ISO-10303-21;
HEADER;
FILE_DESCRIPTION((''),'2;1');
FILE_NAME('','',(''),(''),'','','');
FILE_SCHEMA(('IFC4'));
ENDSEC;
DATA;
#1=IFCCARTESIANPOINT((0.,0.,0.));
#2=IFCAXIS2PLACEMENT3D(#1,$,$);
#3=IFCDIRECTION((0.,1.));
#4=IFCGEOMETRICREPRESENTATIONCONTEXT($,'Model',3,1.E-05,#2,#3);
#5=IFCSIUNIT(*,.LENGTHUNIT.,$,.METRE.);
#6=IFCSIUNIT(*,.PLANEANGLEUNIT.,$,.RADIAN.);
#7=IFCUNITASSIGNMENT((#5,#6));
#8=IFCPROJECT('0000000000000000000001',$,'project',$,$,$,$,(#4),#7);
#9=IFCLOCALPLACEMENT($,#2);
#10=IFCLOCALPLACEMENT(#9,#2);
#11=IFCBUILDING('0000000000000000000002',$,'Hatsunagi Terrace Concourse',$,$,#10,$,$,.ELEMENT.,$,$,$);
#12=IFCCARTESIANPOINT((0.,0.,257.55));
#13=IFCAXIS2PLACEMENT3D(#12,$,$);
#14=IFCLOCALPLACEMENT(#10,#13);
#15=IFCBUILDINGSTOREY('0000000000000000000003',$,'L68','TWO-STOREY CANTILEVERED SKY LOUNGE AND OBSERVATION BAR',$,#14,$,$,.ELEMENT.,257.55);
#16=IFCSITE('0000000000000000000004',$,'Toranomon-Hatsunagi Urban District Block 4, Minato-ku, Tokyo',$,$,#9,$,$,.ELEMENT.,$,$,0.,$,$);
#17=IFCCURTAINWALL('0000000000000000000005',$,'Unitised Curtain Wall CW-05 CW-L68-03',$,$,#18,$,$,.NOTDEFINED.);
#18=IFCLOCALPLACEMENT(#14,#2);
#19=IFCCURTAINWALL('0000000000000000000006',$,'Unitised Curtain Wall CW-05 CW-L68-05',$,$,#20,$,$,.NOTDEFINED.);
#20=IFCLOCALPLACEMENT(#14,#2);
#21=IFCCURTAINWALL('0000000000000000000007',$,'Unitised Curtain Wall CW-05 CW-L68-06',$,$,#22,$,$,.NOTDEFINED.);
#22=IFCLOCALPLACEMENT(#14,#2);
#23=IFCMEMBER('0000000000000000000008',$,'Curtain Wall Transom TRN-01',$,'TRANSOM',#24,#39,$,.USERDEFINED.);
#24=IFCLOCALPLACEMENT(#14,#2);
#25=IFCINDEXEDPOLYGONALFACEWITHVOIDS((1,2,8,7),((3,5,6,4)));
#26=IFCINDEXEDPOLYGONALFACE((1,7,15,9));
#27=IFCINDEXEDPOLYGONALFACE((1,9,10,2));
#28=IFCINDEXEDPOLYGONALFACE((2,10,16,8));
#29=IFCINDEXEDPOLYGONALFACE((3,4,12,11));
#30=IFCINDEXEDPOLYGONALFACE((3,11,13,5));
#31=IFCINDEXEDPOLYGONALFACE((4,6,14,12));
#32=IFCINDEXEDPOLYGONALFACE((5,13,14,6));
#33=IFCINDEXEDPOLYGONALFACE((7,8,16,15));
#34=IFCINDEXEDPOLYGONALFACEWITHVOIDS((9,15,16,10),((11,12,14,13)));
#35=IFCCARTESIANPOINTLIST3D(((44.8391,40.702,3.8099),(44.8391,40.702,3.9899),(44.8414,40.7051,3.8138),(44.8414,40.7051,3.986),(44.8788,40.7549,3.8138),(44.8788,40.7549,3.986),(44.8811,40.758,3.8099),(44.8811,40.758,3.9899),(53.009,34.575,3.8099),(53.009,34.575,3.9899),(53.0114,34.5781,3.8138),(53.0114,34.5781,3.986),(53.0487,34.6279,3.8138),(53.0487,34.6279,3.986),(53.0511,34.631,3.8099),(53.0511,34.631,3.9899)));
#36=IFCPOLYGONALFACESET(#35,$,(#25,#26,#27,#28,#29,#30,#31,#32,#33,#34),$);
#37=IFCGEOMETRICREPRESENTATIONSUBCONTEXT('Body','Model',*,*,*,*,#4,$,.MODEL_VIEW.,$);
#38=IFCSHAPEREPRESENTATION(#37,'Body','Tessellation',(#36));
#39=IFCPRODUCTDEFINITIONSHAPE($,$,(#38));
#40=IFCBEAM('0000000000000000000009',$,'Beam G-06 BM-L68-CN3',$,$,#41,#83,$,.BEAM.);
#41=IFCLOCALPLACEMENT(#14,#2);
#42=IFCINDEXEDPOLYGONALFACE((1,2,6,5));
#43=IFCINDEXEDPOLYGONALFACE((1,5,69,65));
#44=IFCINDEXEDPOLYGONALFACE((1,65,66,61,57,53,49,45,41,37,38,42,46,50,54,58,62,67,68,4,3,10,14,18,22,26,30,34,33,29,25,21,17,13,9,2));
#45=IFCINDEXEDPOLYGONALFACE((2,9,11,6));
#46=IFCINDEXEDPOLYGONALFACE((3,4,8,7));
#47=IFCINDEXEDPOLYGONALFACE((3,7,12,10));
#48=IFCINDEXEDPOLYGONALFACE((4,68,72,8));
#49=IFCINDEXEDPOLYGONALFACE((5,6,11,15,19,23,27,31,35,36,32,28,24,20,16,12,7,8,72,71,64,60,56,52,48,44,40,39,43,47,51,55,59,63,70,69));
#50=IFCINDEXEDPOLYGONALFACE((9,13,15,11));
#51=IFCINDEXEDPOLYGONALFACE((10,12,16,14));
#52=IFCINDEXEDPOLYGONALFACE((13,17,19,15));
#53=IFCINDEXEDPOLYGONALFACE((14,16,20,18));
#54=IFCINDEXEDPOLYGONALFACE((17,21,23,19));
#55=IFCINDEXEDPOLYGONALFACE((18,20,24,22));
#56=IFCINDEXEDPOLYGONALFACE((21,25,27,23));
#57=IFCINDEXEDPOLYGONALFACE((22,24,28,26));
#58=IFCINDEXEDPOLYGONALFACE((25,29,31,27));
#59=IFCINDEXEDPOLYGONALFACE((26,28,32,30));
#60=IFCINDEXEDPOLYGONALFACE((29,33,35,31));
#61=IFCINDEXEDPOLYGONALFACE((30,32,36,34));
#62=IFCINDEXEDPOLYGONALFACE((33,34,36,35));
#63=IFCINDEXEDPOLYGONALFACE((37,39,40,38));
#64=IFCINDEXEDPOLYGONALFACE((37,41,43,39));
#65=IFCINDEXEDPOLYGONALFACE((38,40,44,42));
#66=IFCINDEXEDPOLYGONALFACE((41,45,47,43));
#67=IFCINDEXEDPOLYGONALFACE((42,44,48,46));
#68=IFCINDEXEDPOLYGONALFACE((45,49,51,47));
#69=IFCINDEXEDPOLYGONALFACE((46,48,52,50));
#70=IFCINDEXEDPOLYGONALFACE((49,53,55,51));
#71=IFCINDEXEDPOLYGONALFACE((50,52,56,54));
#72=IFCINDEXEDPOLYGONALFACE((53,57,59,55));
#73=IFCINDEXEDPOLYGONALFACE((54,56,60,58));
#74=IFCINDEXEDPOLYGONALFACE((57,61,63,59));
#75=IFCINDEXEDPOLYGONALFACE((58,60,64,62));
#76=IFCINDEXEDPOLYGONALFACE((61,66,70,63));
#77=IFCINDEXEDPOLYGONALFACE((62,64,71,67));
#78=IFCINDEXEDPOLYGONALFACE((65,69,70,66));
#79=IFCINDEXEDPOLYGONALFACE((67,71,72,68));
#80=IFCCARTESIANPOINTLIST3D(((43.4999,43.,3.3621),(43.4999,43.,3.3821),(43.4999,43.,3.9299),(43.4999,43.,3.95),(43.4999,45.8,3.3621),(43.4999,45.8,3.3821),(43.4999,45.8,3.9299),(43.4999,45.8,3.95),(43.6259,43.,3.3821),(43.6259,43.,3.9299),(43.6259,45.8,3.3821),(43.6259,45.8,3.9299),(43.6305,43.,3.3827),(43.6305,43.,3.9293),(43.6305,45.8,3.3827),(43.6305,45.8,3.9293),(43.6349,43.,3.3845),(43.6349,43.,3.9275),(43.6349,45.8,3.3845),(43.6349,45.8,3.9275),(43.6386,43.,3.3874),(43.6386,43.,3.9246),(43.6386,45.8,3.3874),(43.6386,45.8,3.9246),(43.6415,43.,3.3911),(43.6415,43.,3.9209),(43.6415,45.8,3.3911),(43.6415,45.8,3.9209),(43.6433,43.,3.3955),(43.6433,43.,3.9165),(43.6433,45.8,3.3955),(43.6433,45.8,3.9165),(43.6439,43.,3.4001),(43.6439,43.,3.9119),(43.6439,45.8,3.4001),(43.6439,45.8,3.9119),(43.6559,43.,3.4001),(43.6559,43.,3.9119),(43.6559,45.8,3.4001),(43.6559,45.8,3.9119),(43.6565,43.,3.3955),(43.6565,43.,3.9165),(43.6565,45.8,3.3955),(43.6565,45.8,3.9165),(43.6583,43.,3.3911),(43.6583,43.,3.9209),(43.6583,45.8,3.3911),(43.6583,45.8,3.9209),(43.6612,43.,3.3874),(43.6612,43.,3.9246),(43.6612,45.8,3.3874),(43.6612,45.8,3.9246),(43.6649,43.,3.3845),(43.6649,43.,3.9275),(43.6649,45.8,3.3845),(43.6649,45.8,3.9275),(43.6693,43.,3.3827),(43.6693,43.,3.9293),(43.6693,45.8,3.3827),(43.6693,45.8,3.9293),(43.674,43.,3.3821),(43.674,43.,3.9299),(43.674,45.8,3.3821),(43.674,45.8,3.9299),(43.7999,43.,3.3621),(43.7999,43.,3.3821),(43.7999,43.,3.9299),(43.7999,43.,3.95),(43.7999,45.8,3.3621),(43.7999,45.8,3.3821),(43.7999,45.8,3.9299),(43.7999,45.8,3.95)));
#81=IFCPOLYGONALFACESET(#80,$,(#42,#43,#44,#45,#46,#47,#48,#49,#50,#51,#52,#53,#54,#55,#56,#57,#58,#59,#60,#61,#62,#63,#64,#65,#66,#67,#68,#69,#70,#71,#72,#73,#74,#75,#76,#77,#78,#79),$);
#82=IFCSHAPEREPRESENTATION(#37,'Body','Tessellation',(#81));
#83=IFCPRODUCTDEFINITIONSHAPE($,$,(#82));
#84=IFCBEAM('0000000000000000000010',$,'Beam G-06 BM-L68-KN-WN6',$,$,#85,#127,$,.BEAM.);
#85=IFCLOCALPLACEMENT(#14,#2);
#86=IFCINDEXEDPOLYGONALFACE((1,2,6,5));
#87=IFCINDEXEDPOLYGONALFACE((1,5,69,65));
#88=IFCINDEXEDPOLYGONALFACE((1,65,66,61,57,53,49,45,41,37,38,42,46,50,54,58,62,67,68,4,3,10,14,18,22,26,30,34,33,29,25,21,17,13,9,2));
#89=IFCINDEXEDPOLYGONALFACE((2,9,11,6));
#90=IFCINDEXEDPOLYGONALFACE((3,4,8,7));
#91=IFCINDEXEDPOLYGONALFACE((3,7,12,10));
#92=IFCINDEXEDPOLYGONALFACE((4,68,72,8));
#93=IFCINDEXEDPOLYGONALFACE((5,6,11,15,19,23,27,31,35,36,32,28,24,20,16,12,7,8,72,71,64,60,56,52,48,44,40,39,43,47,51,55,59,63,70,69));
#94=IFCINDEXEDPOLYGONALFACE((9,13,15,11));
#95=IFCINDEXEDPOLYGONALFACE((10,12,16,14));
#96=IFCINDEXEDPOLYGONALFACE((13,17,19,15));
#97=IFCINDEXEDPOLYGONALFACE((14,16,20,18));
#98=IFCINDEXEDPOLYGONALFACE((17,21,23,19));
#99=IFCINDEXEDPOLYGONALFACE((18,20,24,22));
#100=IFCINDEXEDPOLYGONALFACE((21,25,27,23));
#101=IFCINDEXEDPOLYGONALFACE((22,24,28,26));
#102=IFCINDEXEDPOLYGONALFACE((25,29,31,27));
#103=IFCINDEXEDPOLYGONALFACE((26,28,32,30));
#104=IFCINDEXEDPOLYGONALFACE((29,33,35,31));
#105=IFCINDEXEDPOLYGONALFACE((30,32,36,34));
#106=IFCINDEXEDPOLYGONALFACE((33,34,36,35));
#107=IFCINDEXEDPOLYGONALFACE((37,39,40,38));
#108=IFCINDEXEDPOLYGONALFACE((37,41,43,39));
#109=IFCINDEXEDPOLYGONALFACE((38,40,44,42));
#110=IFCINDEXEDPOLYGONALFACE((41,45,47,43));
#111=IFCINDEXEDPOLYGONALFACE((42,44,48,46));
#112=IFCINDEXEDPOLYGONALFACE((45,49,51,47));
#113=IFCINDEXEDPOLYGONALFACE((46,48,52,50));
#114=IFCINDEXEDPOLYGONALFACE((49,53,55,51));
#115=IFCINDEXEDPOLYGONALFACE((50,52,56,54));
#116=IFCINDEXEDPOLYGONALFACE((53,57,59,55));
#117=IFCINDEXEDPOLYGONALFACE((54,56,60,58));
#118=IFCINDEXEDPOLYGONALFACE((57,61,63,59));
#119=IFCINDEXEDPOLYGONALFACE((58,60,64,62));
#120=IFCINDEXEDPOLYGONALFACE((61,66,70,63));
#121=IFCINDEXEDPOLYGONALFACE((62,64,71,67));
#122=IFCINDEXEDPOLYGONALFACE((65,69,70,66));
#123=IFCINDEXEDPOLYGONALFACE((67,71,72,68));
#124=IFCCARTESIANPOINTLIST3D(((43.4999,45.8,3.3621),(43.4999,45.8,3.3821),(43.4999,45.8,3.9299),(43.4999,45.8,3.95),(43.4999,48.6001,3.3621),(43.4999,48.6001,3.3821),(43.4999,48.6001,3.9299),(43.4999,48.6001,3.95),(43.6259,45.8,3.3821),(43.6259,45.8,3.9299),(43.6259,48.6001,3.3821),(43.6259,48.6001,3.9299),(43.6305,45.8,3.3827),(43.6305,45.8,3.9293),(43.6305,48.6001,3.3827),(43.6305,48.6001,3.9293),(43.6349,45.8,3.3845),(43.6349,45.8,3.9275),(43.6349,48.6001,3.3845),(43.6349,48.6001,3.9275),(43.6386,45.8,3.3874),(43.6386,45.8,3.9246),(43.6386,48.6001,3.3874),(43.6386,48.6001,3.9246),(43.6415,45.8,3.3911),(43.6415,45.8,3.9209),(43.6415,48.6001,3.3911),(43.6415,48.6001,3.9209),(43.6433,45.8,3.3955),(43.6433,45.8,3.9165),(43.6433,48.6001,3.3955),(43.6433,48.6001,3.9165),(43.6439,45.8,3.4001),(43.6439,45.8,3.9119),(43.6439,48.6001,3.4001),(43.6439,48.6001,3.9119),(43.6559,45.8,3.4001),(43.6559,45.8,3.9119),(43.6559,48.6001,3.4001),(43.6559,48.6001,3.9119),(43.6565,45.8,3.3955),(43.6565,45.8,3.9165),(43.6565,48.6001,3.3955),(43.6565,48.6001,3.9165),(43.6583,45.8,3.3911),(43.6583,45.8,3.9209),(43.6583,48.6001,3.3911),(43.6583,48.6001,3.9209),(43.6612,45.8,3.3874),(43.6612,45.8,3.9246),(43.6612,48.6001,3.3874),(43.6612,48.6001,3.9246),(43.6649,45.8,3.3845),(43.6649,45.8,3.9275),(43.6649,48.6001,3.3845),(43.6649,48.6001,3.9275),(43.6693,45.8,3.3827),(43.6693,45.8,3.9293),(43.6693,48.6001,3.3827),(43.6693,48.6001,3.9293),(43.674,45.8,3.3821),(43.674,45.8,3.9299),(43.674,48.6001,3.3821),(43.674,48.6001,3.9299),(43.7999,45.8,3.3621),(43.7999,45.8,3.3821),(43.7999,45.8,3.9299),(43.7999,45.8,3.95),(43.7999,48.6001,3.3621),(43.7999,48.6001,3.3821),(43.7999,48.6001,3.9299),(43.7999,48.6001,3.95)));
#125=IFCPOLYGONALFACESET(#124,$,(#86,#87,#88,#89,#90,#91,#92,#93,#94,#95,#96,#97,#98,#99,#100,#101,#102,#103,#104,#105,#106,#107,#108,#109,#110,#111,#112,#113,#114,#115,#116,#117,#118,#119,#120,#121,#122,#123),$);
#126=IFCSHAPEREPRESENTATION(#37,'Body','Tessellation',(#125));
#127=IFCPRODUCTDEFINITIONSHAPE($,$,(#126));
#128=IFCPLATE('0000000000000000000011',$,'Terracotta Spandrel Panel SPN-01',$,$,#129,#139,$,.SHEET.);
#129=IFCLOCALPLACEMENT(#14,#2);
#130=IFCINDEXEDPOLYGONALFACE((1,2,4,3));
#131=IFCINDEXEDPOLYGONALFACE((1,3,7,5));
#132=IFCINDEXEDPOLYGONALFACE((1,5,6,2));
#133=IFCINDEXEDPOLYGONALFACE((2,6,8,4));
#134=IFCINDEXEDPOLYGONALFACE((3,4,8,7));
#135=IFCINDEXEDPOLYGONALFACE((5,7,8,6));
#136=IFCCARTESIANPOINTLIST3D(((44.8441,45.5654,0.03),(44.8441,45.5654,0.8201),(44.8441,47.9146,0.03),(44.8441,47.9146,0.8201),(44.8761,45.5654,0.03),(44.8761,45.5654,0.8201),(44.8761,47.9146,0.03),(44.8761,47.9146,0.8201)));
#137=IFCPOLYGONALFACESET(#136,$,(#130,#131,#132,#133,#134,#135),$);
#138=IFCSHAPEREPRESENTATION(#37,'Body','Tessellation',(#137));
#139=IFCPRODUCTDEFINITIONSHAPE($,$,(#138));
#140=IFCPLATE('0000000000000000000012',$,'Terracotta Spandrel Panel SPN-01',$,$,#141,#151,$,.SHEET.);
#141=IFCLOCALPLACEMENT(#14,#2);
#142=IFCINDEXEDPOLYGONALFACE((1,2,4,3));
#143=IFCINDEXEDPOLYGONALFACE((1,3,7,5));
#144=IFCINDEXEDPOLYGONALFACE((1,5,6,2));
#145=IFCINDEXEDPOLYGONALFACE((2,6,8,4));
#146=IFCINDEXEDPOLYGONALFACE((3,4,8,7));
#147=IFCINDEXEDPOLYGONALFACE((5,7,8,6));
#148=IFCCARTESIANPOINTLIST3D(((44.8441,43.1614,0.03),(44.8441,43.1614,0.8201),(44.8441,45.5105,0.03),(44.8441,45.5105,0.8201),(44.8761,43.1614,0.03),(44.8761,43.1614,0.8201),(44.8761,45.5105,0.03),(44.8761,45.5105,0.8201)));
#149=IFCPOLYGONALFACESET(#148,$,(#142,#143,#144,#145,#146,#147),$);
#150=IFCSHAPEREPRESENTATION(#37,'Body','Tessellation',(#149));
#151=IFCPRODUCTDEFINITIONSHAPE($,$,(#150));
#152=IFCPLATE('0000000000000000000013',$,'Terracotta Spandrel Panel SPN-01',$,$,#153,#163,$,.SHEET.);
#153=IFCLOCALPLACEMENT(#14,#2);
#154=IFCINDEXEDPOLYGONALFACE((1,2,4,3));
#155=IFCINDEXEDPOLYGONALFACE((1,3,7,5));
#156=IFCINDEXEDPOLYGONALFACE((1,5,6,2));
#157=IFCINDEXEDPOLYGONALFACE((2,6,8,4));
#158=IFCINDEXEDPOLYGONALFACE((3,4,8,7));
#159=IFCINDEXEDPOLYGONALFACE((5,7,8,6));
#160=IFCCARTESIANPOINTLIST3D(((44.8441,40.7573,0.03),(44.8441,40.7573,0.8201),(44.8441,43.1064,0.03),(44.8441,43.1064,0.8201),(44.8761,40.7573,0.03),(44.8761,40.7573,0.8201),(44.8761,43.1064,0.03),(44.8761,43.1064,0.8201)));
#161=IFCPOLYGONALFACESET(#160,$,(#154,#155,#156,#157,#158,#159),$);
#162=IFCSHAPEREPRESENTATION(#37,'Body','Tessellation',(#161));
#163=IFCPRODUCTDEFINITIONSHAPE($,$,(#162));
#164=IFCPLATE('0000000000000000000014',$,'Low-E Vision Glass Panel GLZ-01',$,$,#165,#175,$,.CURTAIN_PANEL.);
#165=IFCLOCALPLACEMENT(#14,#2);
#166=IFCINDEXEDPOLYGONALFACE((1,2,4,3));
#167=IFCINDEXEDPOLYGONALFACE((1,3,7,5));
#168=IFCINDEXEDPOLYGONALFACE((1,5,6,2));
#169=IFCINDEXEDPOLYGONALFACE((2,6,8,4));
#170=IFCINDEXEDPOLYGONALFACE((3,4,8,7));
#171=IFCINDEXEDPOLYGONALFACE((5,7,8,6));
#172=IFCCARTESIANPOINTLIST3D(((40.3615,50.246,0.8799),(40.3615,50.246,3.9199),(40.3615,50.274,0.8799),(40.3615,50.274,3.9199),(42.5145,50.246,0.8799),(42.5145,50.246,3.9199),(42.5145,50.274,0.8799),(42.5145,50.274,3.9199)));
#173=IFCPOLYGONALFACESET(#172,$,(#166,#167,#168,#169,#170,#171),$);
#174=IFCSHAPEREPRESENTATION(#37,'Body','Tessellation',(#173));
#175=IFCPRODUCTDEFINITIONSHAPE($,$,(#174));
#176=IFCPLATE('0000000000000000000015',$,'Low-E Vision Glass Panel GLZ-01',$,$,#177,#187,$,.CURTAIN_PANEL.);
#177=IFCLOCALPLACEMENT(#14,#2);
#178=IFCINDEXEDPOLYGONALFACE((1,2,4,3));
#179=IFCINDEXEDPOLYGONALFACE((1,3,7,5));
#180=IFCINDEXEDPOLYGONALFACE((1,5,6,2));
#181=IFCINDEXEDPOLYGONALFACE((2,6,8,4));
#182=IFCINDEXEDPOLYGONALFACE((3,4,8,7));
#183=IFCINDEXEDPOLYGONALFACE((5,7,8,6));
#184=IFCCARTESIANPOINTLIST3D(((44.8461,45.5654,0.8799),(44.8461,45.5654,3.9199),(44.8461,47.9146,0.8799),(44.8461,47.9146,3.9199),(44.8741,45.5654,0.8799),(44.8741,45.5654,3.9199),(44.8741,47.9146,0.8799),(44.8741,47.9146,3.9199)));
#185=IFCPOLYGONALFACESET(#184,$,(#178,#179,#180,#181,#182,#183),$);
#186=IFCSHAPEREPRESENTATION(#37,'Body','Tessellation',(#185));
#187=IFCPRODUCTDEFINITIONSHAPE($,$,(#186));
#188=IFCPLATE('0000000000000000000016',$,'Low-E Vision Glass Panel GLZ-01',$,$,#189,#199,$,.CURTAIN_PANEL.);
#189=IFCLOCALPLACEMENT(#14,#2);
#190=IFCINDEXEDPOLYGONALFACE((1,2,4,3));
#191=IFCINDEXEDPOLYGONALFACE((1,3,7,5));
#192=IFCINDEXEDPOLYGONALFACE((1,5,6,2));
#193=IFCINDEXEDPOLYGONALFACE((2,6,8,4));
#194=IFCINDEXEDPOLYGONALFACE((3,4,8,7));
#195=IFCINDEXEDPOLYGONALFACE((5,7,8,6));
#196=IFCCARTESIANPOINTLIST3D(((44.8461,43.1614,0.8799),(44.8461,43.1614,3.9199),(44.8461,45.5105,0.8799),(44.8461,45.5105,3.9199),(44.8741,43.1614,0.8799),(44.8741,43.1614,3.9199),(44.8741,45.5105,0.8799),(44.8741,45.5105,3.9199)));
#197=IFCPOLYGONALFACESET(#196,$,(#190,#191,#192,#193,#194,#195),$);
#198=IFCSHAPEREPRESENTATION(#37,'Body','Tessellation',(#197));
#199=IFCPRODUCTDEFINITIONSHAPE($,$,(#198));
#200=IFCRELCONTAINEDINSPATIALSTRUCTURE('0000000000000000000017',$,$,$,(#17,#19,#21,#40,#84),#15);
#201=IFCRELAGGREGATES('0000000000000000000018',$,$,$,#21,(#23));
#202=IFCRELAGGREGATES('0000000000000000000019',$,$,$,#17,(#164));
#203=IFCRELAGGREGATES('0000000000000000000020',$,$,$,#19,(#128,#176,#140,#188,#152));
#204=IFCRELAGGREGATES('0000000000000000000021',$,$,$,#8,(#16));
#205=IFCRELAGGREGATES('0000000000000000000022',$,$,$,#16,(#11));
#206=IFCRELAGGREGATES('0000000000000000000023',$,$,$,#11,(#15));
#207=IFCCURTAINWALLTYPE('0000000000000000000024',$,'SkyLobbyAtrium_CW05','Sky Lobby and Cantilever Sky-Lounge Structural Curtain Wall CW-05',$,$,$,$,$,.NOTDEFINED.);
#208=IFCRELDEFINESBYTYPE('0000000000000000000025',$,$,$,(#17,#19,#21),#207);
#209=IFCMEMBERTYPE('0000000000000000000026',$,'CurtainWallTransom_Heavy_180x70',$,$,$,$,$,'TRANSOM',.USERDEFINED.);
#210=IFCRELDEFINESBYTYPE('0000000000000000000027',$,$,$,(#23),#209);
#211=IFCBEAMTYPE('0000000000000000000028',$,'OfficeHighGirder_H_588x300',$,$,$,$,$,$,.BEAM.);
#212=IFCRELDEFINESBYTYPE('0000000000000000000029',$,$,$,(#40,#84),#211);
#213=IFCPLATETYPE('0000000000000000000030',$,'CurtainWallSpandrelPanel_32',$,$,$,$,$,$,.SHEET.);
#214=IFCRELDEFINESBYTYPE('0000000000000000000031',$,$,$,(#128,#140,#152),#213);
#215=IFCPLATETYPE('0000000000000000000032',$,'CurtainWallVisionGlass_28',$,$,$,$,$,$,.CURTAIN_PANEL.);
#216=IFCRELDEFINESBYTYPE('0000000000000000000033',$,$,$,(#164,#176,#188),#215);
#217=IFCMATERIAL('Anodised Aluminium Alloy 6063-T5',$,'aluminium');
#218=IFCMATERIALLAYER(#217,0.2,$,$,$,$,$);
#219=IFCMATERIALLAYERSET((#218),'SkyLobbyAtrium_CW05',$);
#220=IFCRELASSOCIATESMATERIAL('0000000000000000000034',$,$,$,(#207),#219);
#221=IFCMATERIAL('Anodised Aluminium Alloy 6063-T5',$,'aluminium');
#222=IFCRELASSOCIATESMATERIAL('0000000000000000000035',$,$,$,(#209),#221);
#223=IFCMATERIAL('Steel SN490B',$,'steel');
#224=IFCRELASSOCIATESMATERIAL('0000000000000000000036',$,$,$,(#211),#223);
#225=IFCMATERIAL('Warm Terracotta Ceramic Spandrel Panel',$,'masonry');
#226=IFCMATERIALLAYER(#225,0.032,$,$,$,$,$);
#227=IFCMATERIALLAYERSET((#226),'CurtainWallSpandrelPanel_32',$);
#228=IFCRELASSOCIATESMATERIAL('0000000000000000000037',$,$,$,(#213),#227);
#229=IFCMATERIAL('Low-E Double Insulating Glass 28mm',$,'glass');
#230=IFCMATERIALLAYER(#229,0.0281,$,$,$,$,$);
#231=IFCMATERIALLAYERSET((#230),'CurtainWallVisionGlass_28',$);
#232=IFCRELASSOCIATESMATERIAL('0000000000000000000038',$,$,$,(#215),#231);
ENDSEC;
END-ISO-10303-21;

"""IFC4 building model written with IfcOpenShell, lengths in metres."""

from ifc_helpers import new_model, si_unit, direction, frame, origin, origin_2d, place, context, subcontext, project, spatial, rectangle, hollow_rectangle, i_section, extrude, material, layer, layer_set, material_profile, profile_set, type_object, element, aggregate, save


model = new_model("IFC4")

# Units and contexts
model_context = context("Model", 3, precision=1e-05, world=origin(), true_north=direction((0.0, 1.0)))
body_context = subcontext(model_context, "Body", "Model", "MODEL_VIEW")
ifc_project = project(units=[si_unit("LENGTHUNIT", "METRE"), si_unit("PLANEANGLEUNIT", "RADIAN")], contexts=[model_context])

# Site, building, storey
site_placement = place(None, origin())
site = spatial("IfcSite", under=ifc_project, at=site_placement, Name="Toranomon-Hatsunagi Urban District Block 4, Minato-ku, Tokyo", CompositionType="ELEMENT", RefElevation=0.0)
building_placement = place(site_placement, origin())
building = spatial("IfcBuilding", under=site, at=building_placement, Name="Hatsunagi Terrace Concourse", CompositionType="ELEMENT")
storey_placement = place(building_placement, frame((0.0, 0.0, 257.55)))
storey = spatial("IfcBuildingStorey", under=building, at=storey_placement, Name="L68", Description="TWO-STOREY CANTILEVERED SKY LOUNGE AND OBSERVATION BAR", CompositionType="ELEMENT", Elevation=257.55)

# Curtain wall
ifc_material_1 = material(Name="Anodised Aluminium Alloy 6063-T5", Category="aluminium")
ifc_layer_1 = layer(ifc_material_1, 0.2)
ifc_layer_set_1 = layer_set([ifc_layer_1], Name="SkyLobbyAtrium_CW05")
curtain_wall_type = type_object("IfcCurtainWallType", Name="SkyLobbyAtrium_CW05", Description="Sky Lobby and Cantilever Sky-Lounge Structural Curtain Wall CW-05", PredefinedType="NOTDEFINED", material=ifc_layer_set_1)
curtain_wall_1_placement = place(storey_placement, origin())
curtain_wall_1 = element("IfcCurtainWall", 1, at=curtain_wall_1_placement, inside=storey, type_object=curtain_wall_type, Name="Unitised Curtain Wall CW-05 CW-L68-03", PredefinedType="NOTDEFINED")

# Curtain walls, member
curtain_wall_2_placement = place(storey_placement, origin())
curtain_wall_2 = element("IfcCurtainWall", 2, at=curtain_wall_2_placement, inside=storey, type_object=curtain_wall_type, Name="Unitised Curtain Wall CW-05 CW-L68-05", PredefinedType="NOTDEFINED")
ifc_material_2 = material(Name="Anodised Aluminium Alloy 6063-T5", Category="aluminium")
ifc_material_profile_1 = material_profile(ifc_material_2, hollow_rectangle(XDim=0.0701, YDim=0.1799, WallThickness=0.0039, at=origin_2d()), Name="ALU-TRN-180x70x4")
ifc_profile_set_1 = profile_set([ifc_material_profile_1], Name="Anodised Aluminium Alloy 6063-T5")
member_type_1 = type_object("IfcMemberType", Name="CurtainWallTransom_Heavy_180x70", ElementType="TRANSOM", PredefinedType="USERDEFINED", material=ifc_profile_set_1)
curtain_wall_3_placement = place(storey_placement, origin())
curtain_wall_3 = element("IfcCurtainWall", 3, at=curtain_wall_3_placement, inside=storey, type_object=curtain_wall_type, Name="Unitised Curtain Wall CW-05 CW-L68-06", PredefinedType="NOTDEFINED")
member_1_placement = place(storey_placement, frame((44.8601, 40.73, 3.8999), z_axis=(0.800023, -0.599969, 0.0), x_axis=(0.599969, 0.800023, 0.0)))
member_1 = element("IfcMember", 4, at=member_1_placement, type_object=member_type_1, Name="Curtain Wall Transom TRN-01", ObjectType="TRANSOM", PredefinedType="USERDEFINED", context=body_context, shape_type="SweptSolid", body=[
    extrude(hollow_rectangle(XDim=0.0701, YDim=0.1799, WallThickness=0.0039, at=origin_2d()), origin(), (0.0, 0.0, 1.0), 10.2122),
])
aggregate(curtain_wall_3, [member_1])

# Beams
ifc_material_3 = material(Name="Steel SN490B", Category="steel")
ifc_material_profile_2 = material_profile(ifc_material_3, i_section(OverallWidth=0.3, OverallDepth=0.5879, WebThickness=0.012, FlangeThickness=0.02, FilletRadius=0.0181, at=origin_2d()), Name="H-588x300x12x20")
ifc_profile_set_2 = profile_set([ifc_material_profile_2], Name="Steel SN490B")
beam_type = type_object("IfcBeamType", Name="OfficeHighGirder_H_588x300", PredefinedType="BEAM", material=ifc_profile_set_2)
for number, where, z_axis, x_axis, name in (
    (5, (43.6499, 43.0, 3.656), (0.0, 1.0, 0.0), (-1.0, 0.0, 0.0), "Beam G-06 BM-L68-CN3"),
    (6, (43.6499, 45.8, 3.656), (0.0, 1.0, 0.0), (-1.0, 0.0, 0.0), "Beam G-06 BM-L68-KN-WN6"),
):
    element("IfcBeam", number, at=place(storey_placement, frame(where, z_axis=z_axis, x_axis=x_axis)), inside=storey, type_object=beam_type, Name=name, PredefinedType="BEAM", context=body_context, shape_type="SweptSolid", body=[
        extrude(i_section(OverallWidth=0.3, OverallDepth=0.5879, WebThickness=0.012, FlangeThickness=0.02, FilletRadius=0.0181, at=origin_2d()), origin(), (0.0, 0.0, 1.0), 2.8),
    ])

# Plates
ifc_material_4 = material(Name="Warm Terracotta Ceramic Spandrel Panel", Category="masonry")
ifc_layer_2 = layer(ifc_material_4, 0.032)
ifc_layer_set_2 = layer_set([ifc_layer_2], Name="CurtainWallSpandrelPanel_32")
plate_type_1 = type_object("IfcPlateType", Name="CurtainWallSpandrelPanel_32", PredefinedType="SHEET", material=ifc_layer_set_2)
plate_1_placement = place(storey_placement, frame((44.8601, 46.74, 0.03), z_axis=(0.0, 0.0, 1.0), x_axis=(0.0, -1.0, 0.0)))
plate_1 = element("IfcPlate", 7, at=plate_1_placement, type_object=plate_type_1, Name="Terracotta Spandrel Panel SPN-01", PredefinedType="SHEET", context=body_context, shape_type="SweptSolid", body=[
    extrude(rectangle(XDim=2.3491, YDim=0.032, at=origin_2d()), origin(), (0.0, 0.0, 1.0), 0.79),
])
plate_2_placement = place(storey_placement, frame((44.8601, 44.3359, 0.03), z_axis=(0.0, 0.0, 1.0), x_axis=(0.0, -1.0, 0.0)))
plate_2 = element("IfcPlate", 8, at=plate_2_placement, type_object=plate_type_1, Name="Terracotta Spandrel Panel SPN-01", PredefinedType="SHEET", context=body_context, shape_type="SweptSolid", body=[
    extrude(rectangle(XDim=2.3491, YDim=0.032, at=origin_2d()), origin(), (0.0, 0.0, 1.0), 0.79),
])
plate_3_placement = place(storey_placement, frame((44.8601, 41.9319, 0.03), z_axis=(0.0, 0.0, 1.0), x_axis=(0.0, -1.0, 0.0)))
plate_3 = element("IfcPlate", 9, at=plate_3_placement, type_object=plate_type_1, Name="Terracotta Spandrel Panel SPN-01", PredefinedType="SHEET", context=body_context, shape_type="SweptSolid", body=[
    extrude(rectangle(XDim=2.3491, YDim=0.032, at=origin_2d()), origin(), (0.0, 0.0, 1.0), 0.79),
])
ifc_material_5 = material(Name="Low-E Double Insulating Glass 28mm", Category="glass")
ifc_layer_3 = layer(ifc_material_5, 0.0281)
ifc_layer_set_3 = layer_set([ifc_layer_3], Name="CurtainWallVisionGlass_28")
plate_type_2 = type_object("IfcPlateType", Name="CurtainWallVisionGlass_28", PredefinedType="CURTAIN_PANEL", material=ifc_layer_set_3)
plate_4_placement = place(storey_placement, frame((41.438, 50.26, 0.8799), z_axis=(0.0, 0.0, 1.0), x_axis=(1.0, 0.0, 0.0)))
plate_4 = element("IfcPlate", 10, at=plate_4_placement, type_object=plate_type_2, Name="Low-E Vision Glass Panel GLZ-01", PredefinedType="CURTAIN_PANEL", context=body_context, shape_type="SweptSolid", body=[
    extrude(rectangle(XDim=2.1531, YDim=0.0281, at=origin_2d()), origin(), (0.0, 0.0, 1.0), 3.04),
])
aggregate(curtain_wall_1, [plate_4])
plate_5_placement = place(storey_placement, frame((44.8601, 46.74, 0.8799), z_axis=(0.0, 0.0, 1.0), x_axis=(0.0, -1.0, 0.0)))
plate_5 = element("IfcPlate", 11, at=plate_5_placement, type_object=plate_type_2, Name="Low-E Vision Glass Panel GLZ-01", PredefinedType="CURTAIN_PANEL", context=body_context, shape_type="SweptSolid", body=[
    extrude(rectangle(XDim=2.3491, YDim=0.0281, at=origin_2d()), origin(), (0.0, 0.0, 1.0), 3.04),
])
plate_6_placement = place(storey_placement, frame((44.8601, 44.3359, 0.8799), z_axis=(0.0, 0.0, 1.0), x_axis=(0.0, -1.0, 0.0)))
plate_6 = element("IfcPlate", 12, at=plate_6_placement, type_object=plate_type_2, Name="Low-E Vision Glass Panel GLZ-01", PredefinedType="CURTAIN_PANEL", context=body_context, shape_type="SweptSolid", body=[
    extrude(rectangle(XDim=2.3491, YDim=0.0281, at=origin_2d()), origin(), (0.0, 0.0, 1.0), 3.04),
])
aggregate(curtain_wall_2, [plate_1, plate_5, plate_2, plate_6, plate_3])

save(model, "model.ifc")
